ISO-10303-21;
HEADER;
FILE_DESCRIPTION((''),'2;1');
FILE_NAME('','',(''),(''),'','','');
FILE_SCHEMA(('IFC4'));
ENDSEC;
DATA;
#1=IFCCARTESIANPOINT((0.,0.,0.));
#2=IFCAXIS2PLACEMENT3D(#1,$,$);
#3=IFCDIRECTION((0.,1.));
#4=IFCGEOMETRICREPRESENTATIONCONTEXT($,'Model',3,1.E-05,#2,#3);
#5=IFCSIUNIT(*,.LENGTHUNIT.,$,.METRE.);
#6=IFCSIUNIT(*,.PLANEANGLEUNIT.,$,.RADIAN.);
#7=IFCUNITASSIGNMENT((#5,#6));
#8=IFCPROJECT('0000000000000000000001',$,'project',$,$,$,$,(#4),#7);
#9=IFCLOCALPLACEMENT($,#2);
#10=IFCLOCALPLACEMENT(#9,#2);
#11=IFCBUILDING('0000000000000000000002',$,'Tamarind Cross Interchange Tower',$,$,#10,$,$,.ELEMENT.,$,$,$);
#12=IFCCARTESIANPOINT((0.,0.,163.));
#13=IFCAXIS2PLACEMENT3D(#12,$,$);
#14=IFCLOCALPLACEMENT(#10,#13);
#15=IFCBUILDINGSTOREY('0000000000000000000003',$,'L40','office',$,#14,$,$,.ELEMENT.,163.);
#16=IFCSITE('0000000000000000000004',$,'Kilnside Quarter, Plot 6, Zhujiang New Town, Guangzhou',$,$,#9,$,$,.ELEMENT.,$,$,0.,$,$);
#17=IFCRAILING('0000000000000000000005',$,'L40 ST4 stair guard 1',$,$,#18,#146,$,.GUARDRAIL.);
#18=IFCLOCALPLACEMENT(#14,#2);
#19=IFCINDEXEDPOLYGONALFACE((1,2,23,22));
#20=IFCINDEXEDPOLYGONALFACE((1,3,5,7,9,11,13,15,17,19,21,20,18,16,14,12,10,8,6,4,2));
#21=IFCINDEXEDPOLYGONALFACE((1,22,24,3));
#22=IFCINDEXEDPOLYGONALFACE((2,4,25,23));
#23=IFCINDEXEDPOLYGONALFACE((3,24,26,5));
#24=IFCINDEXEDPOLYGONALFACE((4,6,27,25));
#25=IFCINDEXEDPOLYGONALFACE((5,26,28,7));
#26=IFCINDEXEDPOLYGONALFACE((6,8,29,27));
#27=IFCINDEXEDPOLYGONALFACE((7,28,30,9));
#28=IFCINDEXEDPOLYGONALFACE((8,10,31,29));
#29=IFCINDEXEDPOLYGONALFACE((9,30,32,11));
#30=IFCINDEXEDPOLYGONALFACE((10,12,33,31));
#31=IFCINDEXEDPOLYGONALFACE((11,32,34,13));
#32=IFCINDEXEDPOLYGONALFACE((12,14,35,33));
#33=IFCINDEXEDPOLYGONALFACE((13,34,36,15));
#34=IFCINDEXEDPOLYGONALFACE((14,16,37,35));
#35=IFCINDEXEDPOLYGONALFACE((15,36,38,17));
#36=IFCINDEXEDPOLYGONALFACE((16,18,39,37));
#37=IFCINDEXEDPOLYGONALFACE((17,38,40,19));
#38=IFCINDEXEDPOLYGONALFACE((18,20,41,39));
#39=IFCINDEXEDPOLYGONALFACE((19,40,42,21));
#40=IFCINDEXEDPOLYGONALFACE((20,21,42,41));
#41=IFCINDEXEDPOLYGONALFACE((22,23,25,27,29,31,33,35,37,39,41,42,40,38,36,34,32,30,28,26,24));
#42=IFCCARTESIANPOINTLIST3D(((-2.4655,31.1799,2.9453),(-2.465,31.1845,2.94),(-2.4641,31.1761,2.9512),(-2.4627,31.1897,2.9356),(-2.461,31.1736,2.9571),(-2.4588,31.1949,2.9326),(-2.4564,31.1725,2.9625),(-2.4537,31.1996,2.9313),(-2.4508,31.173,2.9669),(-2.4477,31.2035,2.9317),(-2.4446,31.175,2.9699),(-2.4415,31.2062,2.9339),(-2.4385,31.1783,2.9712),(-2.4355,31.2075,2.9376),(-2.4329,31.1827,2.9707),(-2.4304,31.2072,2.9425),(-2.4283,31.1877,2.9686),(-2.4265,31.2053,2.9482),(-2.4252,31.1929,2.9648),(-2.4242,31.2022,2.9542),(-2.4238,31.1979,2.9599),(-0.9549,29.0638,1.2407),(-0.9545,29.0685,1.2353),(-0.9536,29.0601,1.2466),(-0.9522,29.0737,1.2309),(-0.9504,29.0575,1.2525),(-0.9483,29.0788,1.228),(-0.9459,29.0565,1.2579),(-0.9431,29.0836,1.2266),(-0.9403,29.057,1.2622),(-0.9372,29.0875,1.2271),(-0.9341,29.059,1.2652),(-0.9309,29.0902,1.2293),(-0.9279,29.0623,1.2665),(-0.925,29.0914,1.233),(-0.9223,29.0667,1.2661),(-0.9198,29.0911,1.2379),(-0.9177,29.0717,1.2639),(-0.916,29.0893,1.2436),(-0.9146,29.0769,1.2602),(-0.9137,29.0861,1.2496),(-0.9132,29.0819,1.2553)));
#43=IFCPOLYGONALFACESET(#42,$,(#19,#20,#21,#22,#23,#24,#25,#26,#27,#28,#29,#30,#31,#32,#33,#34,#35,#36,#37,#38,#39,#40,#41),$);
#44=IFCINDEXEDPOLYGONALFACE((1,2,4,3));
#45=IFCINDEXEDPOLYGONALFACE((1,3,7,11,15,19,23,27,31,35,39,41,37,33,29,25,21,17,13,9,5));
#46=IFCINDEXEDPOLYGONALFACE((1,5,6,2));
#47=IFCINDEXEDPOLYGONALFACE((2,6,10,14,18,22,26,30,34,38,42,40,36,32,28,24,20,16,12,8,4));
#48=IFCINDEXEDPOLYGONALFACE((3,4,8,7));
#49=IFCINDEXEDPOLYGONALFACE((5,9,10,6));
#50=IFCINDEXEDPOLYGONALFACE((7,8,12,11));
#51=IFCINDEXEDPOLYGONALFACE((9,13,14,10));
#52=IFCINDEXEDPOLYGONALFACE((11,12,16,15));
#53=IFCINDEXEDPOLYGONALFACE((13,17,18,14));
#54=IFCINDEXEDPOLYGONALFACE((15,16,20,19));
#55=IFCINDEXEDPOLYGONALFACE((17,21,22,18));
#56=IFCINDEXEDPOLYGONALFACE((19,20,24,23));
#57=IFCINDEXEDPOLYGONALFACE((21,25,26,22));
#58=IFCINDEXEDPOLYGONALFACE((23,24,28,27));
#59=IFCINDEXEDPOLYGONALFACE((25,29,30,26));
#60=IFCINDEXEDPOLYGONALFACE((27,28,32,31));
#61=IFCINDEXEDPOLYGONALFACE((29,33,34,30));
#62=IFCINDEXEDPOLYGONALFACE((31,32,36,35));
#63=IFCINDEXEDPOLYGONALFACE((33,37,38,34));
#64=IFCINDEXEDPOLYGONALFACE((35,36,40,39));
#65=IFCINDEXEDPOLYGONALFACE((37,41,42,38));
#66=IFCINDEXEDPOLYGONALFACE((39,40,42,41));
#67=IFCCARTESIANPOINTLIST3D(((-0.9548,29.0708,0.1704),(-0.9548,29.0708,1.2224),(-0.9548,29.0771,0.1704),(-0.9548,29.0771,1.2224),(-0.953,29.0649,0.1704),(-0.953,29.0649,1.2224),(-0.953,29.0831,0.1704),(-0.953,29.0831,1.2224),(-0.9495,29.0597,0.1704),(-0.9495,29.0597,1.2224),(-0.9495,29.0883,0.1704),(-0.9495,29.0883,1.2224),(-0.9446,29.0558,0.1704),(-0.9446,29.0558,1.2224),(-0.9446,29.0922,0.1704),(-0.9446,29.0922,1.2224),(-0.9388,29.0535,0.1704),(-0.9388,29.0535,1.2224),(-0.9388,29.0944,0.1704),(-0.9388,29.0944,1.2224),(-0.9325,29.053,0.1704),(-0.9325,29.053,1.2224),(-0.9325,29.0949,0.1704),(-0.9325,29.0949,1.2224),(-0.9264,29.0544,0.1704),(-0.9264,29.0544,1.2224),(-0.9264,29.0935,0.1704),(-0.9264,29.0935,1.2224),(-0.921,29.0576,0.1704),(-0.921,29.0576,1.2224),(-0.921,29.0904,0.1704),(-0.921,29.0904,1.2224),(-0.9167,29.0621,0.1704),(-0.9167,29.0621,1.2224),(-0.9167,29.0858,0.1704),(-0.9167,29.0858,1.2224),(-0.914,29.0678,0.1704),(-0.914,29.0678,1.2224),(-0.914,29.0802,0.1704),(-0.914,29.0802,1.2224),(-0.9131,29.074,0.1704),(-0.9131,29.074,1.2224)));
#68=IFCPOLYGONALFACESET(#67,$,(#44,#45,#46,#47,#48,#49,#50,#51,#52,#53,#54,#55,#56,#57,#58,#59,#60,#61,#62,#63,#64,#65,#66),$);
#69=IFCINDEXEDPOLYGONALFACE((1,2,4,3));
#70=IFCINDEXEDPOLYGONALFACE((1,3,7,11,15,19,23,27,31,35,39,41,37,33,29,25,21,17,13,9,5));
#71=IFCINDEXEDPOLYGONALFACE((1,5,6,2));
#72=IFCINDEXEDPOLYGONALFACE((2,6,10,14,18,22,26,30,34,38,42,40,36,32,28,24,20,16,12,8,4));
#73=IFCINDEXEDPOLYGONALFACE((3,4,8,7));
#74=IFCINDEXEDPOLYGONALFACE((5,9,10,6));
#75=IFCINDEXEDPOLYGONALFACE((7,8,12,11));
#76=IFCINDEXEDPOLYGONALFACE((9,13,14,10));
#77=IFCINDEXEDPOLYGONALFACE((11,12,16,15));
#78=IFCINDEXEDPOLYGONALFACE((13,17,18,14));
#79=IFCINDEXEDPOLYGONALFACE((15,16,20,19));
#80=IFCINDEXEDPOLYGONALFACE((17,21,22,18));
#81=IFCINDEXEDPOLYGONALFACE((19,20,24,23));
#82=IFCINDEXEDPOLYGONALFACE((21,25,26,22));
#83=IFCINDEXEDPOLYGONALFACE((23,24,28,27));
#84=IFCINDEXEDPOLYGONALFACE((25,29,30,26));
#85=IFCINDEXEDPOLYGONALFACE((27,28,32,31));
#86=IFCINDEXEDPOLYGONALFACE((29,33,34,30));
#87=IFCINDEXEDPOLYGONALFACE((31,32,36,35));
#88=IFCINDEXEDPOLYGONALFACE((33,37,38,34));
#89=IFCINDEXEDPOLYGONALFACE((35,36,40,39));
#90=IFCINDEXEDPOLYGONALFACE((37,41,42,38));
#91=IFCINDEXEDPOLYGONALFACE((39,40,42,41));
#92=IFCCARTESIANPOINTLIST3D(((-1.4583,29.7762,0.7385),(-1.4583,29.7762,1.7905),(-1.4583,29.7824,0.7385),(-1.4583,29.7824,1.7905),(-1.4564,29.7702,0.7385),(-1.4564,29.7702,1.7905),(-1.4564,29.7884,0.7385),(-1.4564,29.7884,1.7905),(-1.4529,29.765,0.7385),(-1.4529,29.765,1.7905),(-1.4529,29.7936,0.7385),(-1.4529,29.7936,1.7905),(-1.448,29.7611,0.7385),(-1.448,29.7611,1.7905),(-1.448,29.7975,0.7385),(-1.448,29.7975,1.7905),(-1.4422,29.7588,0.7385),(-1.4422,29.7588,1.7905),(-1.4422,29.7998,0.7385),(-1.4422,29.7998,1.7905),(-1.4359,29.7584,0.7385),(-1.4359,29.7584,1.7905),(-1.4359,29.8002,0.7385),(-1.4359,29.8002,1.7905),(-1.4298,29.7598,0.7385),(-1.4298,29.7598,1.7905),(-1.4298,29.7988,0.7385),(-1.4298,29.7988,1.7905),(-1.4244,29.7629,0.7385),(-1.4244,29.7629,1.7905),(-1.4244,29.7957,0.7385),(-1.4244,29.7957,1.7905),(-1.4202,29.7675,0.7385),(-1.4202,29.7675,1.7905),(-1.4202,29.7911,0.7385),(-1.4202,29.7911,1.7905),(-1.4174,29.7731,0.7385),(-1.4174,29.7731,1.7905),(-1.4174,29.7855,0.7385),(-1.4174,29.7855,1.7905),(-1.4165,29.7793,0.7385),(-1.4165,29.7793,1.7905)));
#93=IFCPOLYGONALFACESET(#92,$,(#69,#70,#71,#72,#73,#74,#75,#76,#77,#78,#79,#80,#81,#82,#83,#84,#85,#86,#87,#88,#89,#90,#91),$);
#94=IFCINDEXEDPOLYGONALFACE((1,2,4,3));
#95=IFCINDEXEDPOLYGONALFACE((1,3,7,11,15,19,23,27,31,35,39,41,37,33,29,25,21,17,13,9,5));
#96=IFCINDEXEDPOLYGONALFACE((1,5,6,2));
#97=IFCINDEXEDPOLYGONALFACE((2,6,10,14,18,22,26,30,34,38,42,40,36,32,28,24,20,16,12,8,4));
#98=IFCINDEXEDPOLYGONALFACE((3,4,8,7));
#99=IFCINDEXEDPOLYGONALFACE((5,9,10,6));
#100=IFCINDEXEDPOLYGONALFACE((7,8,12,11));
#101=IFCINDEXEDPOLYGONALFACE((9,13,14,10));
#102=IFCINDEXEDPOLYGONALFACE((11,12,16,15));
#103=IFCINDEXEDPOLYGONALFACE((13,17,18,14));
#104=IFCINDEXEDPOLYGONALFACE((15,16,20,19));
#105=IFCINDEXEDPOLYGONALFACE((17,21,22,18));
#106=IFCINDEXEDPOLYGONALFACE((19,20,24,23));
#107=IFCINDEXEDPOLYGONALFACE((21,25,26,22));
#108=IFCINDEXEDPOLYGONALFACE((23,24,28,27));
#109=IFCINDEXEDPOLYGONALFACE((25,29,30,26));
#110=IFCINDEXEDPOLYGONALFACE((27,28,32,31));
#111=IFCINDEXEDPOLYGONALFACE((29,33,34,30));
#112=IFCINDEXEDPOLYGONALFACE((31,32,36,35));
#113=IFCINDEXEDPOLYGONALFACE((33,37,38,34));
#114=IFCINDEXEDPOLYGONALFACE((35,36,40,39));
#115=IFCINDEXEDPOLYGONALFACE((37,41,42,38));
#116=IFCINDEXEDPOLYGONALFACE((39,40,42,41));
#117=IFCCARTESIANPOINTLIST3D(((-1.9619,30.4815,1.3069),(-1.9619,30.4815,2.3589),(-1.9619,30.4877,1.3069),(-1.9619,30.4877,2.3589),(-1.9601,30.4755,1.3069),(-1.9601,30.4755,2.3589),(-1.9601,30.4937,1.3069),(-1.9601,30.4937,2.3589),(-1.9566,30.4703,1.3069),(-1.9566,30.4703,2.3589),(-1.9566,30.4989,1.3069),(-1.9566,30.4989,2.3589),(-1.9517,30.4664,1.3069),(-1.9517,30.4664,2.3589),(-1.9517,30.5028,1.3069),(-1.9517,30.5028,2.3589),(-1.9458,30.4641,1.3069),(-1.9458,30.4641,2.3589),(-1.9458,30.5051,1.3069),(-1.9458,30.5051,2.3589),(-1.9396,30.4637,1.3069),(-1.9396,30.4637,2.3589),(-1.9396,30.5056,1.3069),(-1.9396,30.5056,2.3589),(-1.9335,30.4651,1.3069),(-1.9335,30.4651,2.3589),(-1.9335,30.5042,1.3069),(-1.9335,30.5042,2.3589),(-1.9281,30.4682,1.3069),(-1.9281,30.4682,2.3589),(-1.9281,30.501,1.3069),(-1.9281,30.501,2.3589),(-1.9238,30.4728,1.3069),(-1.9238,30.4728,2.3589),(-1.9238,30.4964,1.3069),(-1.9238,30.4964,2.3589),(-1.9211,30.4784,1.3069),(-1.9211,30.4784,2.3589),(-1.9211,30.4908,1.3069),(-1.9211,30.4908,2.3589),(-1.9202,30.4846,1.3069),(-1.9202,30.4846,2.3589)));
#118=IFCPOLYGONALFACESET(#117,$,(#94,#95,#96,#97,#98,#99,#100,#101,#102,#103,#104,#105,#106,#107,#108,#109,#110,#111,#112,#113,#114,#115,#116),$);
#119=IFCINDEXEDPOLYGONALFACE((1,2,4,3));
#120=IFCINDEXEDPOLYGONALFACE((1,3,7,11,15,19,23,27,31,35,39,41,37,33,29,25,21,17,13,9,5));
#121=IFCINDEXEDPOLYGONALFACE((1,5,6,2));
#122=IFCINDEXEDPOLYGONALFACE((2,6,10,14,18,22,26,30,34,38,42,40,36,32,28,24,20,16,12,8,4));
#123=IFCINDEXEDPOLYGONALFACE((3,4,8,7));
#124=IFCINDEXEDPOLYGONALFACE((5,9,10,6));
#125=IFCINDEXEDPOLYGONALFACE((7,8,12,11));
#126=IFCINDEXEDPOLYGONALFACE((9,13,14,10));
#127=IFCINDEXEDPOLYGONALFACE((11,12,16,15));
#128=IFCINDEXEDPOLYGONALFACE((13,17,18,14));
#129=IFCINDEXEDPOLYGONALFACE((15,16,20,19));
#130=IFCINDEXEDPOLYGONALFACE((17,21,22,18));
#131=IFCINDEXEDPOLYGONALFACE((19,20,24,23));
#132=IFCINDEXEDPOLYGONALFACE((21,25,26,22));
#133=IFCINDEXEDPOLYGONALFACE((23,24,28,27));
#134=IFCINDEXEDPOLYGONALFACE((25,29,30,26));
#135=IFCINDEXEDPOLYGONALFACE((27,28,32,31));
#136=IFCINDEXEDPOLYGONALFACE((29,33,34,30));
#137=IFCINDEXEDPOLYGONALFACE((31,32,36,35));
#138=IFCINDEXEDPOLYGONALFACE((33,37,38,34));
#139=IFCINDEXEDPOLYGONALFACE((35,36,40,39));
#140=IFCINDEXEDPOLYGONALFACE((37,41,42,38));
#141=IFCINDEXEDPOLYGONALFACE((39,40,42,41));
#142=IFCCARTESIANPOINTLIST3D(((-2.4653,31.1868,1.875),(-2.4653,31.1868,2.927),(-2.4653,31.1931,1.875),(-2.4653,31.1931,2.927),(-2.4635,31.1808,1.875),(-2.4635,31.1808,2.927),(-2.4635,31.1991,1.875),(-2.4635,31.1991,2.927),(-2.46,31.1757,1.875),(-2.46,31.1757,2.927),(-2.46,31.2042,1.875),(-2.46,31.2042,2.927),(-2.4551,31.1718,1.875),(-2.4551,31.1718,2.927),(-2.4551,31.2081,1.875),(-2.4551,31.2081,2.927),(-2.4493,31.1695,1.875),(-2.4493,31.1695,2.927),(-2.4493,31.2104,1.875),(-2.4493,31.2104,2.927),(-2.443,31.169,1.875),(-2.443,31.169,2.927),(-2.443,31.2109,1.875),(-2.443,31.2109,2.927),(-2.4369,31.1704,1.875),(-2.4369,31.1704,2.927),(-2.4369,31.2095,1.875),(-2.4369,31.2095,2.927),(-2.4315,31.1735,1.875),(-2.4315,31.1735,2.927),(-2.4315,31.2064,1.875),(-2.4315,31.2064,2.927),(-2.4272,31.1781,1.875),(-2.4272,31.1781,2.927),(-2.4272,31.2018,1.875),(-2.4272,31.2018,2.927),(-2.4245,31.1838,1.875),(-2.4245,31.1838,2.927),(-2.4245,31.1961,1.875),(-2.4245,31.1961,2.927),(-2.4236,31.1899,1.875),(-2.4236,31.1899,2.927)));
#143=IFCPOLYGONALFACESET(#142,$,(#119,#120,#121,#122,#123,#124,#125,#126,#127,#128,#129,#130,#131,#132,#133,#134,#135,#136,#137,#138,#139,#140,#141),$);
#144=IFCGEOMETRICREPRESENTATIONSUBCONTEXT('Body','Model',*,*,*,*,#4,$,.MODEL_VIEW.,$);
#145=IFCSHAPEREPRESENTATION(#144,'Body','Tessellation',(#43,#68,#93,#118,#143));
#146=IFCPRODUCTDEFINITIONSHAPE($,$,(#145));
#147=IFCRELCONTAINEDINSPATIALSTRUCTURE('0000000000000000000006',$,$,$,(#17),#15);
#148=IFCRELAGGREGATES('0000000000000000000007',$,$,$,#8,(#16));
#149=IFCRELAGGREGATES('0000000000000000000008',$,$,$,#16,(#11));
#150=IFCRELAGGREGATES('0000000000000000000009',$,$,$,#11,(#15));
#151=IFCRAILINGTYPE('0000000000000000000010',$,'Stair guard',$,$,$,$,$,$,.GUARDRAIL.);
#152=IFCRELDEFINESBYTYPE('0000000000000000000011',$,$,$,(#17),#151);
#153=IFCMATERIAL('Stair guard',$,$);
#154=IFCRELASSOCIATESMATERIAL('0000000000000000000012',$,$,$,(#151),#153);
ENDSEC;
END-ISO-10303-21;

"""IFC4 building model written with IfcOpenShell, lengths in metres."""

from ifc_helpers import new_model, si_unit, direction, frame, origin, origin_2d, place, context, subcontext, project, spatial, circle, extrude, material, type_object, element, save


model = new_model("IFC4")

# Units and contexts
model_context = context("Model", 3, precision=1e-05, world=origin(), true_north=direction((0.0, 1.0)))
body_context = subcontext(model_context, "Body", "Model", "MODEL_VIEW")
ifc_project = project(units=[si_unit("LENGTHUNIT", "METRE"), si_unit("PLANEANGLEUNIT", "RADIAN")], contexts=[model_context])

# Site, building, storey
site_placement = place(None, origin())
site = spatial("IfcSite", under=ifc_project, at=site_placement, Name="Kilnside Quarter, Plot 6, Zhujiang New Town, Guangzhou", CompositionType="ELEMENT", RefElevation=0.0)
building_placement = place(site_placement, origin())
building = spatial("IfcBuilding", under=site, at=building_placement, Name="Tamarind Cross Interchange Tower", CompositionType="ELEMENT")
storey_placement = place(building_placement, frame((0.0, 0.0, 163.0)))
storey = spatial("IfcBuildingStorey", under=building, at=storey_placement, Name="L40", Description="office", CompositionType="ELEMENT", Elevation=163.0)

# Railing
ifc_material_1 = material(Name="Stair guard")
railing_type = type_object("IfcRailingType", Name="Stair guard", PredefinedType="GUARDRAIL", material=ifc_material_1)
railing_1_placement = place(storey_placement, frame((-0.9341, 29.074, 0.1704)))
element("IfcRailing", 1, at=railing_1_placement, inside=storey, type_object=railing_type, Name="L40 ST4 stair guard 1", PredefinedType="GUARDRAIL", context=body_context, shape_type="SweptSolid", body=[
    extrude(circle(Radius=0.0239, at=origin_2d()), frame((0.0, 0.0, 1.0762), z_axis=(-0.48588, 0.680641, 0.548314), x_axis=(-0.813898, -0.581007, 0.0)), (0.0, 0.0, 1.0), 3.1089),
    extrude(circle(Radius=0.021, at=origin_2d()), origin(), (0.0, 0.0, 1.0), 1.052),
    extrude(circle(Radius=0.021, at=origin_2d()), frame((-0.5034, 0.7053, 0.5681)), (0.0, 0.0, 1.0), 1.052),
    extrude(circle(Radius=0.021, at=origin_2d()), frame((-1.0071, 1.4106, 1.1365)), (0.0, 0.0, 1.0), 1.052),
    extrude(circle(Radius=0.021, at=origin_2d()), frame((-1.5105, 2.116, 1.7046)), (0.0, 0.0, 1.0), 1.052),
])

save(model, "model.ifc")
